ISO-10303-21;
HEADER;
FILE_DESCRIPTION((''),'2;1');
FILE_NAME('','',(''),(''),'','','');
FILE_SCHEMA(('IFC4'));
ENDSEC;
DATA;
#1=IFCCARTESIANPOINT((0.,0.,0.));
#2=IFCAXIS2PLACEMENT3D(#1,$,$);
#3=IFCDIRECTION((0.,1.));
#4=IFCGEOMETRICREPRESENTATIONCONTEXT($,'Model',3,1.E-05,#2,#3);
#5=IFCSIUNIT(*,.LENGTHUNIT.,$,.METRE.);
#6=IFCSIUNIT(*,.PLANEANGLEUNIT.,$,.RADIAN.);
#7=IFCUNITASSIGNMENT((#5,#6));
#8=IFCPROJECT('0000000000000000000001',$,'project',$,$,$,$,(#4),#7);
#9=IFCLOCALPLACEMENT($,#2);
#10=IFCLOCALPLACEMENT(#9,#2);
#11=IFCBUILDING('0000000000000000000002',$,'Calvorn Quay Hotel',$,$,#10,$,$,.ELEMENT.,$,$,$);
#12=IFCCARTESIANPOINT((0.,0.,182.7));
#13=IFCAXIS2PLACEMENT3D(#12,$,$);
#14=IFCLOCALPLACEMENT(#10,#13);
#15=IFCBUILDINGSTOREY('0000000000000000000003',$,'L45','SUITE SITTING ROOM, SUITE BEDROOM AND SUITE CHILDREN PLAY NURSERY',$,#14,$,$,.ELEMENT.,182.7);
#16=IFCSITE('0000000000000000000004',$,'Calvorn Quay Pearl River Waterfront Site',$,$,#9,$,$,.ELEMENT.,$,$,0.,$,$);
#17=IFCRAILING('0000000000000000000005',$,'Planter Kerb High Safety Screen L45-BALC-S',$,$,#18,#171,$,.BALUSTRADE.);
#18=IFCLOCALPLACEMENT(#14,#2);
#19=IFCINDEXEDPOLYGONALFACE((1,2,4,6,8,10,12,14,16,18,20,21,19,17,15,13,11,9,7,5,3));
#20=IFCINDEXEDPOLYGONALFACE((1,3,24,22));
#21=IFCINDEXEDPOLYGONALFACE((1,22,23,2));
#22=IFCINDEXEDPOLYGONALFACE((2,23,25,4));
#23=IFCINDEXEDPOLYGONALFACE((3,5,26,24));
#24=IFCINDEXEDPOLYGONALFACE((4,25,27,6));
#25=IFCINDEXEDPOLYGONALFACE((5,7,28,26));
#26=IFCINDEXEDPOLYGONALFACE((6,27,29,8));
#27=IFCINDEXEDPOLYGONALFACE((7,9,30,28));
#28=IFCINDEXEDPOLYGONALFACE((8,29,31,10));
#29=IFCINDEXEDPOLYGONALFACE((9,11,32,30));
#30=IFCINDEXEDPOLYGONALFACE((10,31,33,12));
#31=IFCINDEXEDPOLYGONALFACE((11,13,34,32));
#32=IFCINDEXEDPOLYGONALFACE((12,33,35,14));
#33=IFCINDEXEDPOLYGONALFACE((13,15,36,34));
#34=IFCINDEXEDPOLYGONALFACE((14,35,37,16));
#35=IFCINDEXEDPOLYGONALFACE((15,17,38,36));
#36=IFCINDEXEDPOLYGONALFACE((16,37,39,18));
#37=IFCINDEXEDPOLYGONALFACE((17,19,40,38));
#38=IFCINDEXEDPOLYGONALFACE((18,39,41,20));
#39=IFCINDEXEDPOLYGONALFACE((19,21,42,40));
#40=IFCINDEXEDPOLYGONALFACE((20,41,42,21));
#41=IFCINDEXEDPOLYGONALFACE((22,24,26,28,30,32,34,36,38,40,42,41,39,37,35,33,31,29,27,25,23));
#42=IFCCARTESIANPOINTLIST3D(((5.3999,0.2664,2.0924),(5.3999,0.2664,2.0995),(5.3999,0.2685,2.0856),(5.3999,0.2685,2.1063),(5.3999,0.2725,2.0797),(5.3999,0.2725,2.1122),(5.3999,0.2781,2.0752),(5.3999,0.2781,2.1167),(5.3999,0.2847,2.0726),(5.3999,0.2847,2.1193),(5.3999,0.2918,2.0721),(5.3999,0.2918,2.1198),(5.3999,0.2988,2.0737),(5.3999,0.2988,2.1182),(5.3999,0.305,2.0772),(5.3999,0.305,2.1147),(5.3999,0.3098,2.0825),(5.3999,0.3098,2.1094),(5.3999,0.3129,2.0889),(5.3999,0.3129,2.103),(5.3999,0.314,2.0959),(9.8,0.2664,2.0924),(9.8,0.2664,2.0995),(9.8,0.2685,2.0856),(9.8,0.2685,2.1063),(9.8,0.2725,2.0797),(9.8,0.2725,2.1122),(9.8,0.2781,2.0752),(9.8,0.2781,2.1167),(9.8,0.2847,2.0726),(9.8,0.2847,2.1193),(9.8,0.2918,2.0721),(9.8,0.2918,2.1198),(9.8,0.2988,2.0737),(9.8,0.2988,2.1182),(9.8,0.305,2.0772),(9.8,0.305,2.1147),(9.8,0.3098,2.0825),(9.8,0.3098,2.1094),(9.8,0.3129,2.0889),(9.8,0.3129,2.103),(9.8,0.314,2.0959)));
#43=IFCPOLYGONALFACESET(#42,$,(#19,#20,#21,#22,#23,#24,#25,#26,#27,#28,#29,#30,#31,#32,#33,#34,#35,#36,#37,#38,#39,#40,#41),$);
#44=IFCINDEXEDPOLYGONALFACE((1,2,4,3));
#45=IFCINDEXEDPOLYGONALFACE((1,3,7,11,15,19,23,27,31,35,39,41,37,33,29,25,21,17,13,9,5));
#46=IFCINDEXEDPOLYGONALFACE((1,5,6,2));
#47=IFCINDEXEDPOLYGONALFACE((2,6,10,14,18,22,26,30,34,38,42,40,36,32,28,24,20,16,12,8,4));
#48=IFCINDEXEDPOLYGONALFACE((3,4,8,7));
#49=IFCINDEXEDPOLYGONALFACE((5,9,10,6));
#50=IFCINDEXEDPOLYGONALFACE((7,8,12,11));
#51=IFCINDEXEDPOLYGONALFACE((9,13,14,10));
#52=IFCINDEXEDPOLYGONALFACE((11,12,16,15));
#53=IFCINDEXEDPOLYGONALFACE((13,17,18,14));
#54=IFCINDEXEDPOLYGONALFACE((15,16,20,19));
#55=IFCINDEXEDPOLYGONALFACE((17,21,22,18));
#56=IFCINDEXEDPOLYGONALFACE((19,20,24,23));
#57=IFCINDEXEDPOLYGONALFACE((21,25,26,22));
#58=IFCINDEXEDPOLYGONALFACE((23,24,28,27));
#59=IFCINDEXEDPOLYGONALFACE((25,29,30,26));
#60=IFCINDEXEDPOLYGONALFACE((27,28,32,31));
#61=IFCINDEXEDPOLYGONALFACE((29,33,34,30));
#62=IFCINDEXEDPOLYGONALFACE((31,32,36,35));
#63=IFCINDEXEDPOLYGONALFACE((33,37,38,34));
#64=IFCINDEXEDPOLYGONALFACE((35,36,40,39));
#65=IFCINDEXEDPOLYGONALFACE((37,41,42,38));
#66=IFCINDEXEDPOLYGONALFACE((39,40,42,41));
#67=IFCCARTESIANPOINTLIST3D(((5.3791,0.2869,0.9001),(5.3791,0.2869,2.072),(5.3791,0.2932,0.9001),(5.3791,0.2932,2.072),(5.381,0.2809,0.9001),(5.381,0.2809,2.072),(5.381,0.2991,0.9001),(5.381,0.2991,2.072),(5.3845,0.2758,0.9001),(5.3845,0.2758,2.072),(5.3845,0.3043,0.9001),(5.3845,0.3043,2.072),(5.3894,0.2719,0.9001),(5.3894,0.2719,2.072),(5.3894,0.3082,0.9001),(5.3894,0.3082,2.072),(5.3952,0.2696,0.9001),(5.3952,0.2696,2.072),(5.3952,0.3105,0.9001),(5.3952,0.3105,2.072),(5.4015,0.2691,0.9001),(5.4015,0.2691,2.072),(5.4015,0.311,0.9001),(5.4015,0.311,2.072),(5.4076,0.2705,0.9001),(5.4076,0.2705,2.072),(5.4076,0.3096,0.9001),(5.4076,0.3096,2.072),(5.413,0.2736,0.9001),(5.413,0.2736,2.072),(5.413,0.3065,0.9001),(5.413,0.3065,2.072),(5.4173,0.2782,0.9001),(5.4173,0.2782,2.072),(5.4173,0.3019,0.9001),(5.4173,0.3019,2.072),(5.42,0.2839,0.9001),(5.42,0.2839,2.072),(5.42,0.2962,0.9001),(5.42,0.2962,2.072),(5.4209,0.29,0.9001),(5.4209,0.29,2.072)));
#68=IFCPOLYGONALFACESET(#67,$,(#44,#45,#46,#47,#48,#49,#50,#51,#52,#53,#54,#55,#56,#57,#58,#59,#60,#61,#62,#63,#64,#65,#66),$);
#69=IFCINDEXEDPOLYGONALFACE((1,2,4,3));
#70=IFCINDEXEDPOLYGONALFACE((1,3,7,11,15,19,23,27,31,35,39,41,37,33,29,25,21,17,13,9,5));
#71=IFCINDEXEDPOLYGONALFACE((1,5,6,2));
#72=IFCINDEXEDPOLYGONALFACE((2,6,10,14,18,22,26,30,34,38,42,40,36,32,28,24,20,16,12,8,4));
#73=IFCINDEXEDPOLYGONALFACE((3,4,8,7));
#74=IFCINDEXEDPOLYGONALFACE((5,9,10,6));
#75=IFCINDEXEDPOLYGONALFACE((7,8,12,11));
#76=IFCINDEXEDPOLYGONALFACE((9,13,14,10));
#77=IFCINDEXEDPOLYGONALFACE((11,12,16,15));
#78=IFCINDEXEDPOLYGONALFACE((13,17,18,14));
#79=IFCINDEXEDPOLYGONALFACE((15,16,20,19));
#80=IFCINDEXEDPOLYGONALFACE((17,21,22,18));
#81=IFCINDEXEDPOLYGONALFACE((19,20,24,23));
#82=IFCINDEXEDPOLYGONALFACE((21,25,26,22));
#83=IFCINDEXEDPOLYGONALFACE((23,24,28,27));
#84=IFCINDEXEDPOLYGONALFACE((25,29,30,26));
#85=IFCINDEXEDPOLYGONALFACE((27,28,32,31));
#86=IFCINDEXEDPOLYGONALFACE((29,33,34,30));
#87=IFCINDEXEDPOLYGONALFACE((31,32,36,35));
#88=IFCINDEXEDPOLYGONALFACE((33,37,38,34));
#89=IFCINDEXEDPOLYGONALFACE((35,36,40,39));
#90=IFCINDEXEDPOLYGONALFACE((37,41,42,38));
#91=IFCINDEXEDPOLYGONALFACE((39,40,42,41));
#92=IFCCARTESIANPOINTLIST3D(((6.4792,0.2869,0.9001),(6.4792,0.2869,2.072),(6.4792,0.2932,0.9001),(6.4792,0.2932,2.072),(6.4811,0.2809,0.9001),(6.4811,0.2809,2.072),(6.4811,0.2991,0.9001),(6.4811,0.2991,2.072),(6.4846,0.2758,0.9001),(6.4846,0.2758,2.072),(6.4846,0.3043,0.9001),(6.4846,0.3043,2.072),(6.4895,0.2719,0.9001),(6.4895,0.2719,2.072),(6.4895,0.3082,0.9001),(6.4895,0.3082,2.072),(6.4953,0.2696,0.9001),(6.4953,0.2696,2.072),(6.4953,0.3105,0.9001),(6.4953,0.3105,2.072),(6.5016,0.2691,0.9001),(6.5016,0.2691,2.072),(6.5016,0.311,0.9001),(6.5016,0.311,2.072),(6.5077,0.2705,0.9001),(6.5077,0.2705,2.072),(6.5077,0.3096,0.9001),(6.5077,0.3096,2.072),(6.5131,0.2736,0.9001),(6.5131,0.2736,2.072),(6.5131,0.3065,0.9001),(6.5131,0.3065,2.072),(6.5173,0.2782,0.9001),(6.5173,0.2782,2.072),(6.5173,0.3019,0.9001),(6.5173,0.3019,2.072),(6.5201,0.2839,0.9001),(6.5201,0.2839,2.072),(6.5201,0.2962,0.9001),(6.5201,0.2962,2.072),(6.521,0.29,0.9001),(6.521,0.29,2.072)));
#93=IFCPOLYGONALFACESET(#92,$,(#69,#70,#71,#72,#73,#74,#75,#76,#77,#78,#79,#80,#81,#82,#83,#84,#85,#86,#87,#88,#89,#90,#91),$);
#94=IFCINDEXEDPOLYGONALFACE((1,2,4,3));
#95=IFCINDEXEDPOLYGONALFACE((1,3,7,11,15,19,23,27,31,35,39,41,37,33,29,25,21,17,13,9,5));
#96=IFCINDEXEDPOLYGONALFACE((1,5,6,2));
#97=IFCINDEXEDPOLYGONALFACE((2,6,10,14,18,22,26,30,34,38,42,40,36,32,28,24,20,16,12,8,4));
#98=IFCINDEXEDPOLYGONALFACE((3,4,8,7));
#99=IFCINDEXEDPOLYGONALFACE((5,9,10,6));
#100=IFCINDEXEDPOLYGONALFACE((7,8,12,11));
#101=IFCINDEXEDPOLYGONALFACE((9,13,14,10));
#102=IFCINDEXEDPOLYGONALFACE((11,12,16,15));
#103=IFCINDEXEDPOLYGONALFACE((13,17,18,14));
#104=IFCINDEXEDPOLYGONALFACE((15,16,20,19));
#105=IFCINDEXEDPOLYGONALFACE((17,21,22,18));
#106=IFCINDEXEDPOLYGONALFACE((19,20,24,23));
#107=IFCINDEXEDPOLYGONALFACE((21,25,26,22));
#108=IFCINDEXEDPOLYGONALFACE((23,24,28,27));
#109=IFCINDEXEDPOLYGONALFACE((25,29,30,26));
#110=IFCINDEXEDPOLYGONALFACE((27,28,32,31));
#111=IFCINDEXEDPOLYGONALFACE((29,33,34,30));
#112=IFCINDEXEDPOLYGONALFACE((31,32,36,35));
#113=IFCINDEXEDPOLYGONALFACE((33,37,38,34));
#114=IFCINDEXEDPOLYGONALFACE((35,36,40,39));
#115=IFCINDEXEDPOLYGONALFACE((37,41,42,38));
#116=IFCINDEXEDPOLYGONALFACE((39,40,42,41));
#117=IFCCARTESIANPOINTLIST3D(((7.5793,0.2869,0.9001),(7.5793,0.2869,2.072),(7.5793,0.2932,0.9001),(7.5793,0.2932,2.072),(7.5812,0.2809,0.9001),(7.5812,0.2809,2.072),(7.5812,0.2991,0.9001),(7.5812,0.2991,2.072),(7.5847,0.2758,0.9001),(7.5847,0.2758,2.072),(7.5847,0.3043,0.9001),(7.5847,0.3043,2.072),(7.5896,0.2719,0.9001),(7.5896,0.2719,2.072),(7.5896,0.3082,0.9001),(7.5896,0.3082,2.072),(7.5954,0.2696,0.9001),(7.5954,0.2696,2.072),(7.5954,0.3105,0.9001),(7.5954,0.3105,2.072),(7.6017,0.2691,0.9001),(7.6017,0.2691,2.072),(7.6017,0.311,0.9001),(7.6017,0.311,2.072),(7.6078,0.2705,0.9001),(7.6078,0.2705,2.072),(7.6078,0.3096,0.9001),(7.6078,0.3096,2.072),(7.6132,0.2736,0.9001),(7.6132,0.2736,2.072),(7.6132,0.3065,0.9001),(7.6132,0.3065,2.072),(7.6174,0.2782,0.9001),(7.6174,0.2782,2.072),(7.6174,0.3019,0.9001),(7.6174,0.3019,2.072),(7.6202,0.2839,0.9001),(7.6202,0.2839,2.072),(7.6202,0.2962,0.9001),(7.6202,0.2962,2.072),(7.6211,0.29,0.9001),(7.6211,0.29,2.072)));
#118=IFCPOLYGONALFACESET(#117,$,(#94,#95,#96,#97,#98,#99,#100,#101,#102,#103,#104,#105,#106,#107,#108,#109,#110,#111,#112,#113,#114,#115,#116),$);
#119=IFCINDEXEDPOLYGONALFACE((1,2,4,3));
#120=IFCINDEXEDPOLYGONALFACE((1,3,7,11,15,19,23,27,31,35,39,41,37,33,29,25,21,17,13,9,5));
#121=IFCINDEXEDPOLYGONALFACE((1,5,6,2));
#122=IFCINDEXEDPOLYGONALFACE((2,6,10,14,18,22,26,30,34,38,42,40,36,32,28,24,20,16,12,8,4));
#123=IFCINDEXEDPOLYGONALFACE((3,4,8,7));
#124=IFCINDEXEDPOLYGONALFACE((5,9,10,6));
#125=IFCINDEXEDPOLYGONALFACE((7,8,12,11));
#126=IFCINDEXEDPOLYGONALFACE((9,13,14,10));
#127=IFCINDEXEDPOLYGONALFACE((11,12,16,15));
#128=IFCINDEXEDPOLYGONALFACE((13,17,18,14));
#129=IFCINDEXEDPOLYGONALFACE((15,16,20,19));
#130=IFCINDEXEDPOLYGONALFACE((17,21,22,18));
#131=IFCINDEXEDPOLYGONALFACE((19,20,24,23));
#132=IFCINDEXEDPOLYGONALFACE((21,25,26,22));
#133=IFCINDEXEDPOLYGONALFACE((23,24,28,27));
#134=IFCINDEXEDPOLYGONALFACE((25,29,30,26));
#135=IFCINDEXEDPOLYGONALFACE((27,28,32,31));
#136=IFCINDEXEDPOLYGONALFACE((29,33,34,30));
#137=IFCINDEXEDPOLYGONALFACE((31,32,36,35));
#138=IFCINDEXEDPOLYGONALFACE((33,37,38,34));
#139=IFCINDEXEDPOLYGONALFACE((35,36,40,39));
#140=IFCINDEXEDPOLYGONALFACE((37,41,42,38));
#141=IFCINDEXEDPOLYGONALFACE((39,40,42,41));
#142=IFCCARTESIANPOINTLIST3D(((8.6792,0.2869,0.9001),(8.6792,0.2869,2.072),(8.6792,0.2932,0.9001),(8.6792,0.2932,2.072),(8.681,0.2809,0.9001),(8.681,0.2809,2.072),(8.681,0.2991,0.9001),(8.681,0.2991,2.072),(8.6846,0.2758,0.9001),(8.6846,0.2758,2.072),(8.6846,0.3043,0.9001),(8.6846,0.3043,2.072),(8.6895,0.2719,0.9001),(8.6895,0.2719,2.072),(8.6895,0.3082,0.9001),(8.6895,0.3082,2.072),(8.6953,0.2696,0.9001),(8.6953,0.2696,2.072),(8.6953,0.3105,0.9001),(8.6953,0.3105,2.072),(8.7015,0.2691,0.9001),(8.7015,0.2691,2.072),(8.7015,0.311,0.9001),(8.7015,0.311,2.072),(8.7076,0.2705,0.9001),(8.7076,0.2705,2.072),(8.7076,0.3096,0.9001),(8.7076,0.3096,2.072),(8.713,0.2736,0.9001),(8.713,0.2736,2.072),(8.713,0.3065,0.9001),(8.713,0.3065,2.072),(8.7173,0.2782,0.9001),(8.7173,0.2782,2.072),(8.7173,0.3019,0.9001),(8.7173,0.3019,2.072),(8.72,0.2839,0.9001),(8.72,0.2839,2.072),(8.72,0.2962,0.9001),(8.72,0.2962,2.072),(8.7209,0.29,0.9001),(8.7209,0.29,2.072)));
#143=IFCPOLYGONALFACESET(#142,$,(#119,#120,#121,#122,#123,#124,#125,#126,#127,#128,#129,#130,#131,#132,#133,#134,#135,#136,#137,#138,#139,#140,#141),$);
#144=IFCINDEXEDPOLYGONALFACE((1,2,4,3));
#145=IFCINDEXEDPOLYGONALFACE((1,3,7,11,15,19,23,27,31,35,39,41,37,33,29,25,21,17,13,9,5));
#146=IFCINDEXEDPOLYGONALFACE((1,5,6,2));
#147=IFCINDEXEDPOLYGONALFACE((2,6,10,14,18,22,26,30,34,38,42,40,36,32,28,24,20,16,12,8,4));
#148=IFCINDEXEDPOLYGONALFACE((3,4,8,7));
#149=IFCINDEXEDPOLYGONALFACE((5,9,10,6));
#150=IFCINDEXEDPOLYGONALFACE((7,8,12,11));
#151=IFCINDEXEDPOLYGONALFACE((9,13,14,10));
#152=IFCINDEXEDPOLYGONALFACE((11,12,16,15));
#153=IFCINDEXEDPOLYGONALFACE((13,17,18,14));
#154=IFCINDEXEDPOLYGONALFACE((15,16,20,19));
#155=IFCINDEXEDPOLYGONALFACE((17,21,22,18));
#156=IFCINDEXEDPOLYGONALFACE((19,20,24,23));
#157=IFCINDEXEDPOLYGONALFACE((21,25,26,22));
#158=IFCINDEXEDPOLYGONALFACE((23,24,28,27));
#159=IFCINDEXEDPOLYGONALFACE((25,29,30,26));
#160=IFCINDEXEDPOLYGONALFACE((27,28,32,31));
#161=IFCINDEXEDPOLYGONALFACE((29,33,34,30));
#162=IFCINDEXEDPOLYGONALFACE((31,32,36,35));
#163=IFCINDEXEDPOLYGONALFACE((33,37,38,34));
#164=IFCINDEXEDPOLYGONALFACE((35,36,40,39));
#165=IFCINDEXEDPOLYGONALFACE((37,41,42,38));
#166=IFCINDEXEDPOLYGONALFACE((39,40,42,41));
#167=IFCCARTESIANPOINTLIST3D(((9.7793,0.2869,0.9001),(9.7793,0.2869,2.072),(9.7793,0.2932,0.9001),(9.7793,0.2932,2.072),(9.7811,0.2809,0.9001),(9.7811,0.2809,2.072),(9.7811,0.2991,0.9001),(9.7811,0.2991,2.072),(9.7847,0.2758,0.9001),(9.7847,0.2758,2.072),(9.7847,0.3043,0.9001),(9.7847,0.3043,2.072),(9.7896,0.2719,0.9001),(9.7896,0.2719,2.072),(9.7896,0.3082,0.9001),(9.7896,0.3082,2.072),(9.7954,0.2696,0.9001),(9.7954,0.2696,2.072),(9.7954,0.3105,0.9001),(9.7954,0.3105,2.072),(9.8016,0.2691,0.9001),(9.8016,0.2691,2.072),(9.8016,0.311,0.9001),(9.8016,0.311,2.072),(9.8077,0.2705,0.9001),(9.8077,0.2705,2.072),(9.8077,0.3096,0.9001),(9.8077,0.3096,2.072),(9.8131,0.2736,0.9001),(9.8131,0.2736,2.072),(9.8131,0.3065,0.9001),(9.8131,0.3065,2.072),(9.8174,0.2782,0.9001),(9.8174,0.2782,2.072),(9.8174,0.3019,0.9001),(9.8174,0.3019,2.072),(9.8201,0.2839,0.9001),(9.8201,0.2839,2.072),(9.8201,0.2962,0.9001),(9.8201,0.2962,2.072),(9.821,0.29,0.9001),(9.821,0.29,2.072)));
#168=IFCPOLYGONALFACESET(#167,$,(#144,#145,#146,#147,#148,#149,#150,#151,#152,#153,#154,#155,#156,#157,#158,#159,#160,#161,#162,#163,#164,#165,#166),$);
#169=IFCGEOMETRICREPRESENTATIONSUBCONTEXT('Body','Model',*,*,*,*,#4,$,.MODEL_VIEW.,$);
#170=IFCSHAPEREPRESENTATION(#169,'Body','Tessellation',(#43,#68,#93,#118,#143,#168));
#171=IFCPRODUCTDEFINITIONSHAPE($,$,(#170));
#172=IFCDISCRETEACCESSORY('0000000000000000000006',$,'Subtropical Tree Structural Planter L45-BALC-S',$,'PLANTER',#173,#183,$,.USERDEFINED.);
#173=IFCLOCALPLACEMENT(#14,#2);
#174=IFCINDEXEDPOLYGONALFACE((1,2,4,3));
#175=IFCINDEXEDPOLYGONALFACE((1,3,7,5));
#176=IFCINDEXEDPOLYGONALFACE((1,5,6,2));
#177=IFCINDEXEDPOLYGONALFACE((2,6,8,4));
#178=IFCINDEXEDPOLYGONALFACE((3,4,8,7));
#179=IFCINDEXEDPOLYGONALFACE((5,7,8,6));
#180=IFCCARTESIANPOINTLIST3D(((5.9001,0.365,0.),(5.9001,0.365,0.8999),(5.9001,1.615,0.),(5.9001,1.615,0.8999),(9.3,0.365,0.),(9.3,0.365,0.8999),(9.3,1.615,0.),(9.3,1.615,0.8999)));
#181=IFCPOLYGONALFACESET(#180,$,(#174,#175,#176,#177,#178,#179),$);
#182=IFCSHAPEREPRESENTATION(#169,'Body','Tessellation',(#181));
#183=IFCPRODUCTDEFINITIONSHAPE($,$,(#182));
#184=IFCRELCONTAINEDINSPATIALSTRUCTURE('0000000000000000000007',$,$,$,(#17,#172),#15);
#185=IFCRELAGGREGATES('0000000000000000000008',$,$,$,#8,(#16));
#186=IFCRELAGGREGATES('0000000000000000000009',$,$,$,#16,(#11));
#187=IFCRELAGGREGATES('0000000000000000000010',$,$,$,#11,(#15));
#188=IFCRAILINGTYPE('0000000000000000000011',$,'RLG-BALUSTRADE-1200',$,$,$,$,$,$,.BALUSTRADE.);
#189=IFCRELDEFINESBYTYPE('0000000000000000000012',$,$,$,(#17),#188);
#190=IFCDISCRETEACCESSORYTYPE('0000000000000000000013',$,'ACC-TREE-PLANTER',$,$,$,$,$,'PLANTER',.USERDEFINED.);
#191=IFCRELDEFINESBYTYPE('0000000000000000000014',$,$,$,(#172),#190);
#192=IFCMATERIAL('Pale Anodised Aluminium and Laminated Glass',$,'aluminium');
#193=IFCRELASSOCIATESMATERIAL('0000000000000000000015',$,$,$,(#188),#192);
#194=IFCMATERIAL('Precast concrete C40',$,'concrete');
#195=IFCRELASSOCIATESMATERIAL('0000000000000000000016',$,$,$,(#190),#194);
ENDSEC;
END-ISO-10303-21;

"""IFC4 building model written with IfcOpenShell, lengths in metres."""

from ifc_helpers import new_model, si_unit, direction, frame, origin, origin_2d, place, context, subcontext, project, spatial, rectangle, circle, extrude, material, type_object, element, save


model = new_model("IFC4")

# Units and contexts
model_context = context("Model", 3, precision=1e-05, world=origin(), true_north=direction((0.0, 1.0)))
body_context = subcontext(model_context, "Body", "Model", "MODEL_VIEW")
ifc_project = project(units=[si_unit("LENGTHUNIT", "METRE"), si_unit("PLANEANGLEUNIT", "RADIAN")], contexts=[model_context])

# Site, building, storey
site_placement = place(None, origin())
site = spatial("IfcSite", under=ifc_project, at=site_placement, Name="Calvorn Quay Pearl River Waterfront Site", CompositionType="ELEMENT", RefElevation=0.0)
building_placement = place(site_placement, origin())
building = spatial("IfcBuilding", under=site, at=building_placement, Name="Calvorn Quay Hotel", CompositionType="ELEMENT")
storey_placement = place(building_placement, frame((0.0, 0.0, 182.7)))
storey = spatial("IfcBuildingStorey", under=building, at=storey_placement, Name="L45", Description="SUITE SITTING ROOM, SUITE BEDROOM AND SUITE CHILDREN PLAY NURSERY", CompositionType="ELEMENT", Elevation=182.7)

# Railing
ifc_material_1 = material(Name="Pale Anodised Aluminium and Laminated Glass", Category="aluminium")
railing_type = type_object("IfcRailingType", Name="RLG-BALUSTRADE-1200", PredefinedType="BALUSTRADE", material=ifc_material_1)
railing_1_placement = place(storey_placement, frame((5.3999, 0.29, 0.9001)))
element("IfcRailing", 1, at=railing_1_placement, inside=storey, type_object=railing_type, Name="Planter Kerb High Safety Screen L45-BALC-S", PredefinedType="BALUSTRADE", context=body_context, shape_type="SweptSolid", body=[
    extrude(circle(Radius=0.0239, at=origin_2d()), frame((0.0, 0.0, 1.1958), z_axis=(1.0, 0.0, 0.0), x_axis=(0.0, 1.0, 0.0)), (0.0, 0.0, 1.0), 4.4001),
    extrude(circle(Radius=0.021, at=origin_2d()), origin(), (0.0, 0.0, 1.0), 1.1719),
    extrude(circle(Radius=0.021, at=origin_2d()), frame((1.1001, 0.0, 0.0)), (0.0, 0.0, 1.0), 1.1719),
    extrude(circle(Radius=0.021, at=origin_2d()), frame((2.2002, 0.0, 0.0)), (0.0, 0.0, 1.0), 1.1719),
    extrude(circle(Radius=0.021, at=origin_2d()), frame((3.3, 0.0, 0.0)), (0.0, 0.0, 1.0), 1.1719),
    extrude(circle(Radius=0.021, at=origin_2d()), frame((4.4001, 0.0, 0.0)), (0.0, 0.0, 1.0), 1.1719),
])

# Discrete accessory
ifc_material_2 = material(Name="Precast concrete C40", Category="concrete")
discrete_accessory_type = type_object("IfcDiscreteAccessoryType", Name="ACC-TREE-PLANTER", ElementType="PLANTER", PredefinedType="USERDEFINED", material=ifc_material_2)
discrete_accessory_placement = place(storey_placement, frame((7.6001, 0.99, 0.0), z_axis=(0.0, 0.0, 1.0), x_axis=(1.0, 0.0, 0.0)))
element("IfcDiscreteAccessory", 2, at=discrete_accessory_placement, inside=storey, type_object=discrete_accessory_type, Name="Subtropical Tree Structural Planter L45-BALC-S", ObjectType="PLANTER", PredefinedType="USERDEFINED", context=body_context, shape_type="SweptSolid", body=[
    extrude(rectangle(XDim=3.3999, YDim=1.25, at=origin_2d()), origin(), (0.0, 0.0, 1.0), 0.8999),
])

save(model, "model.ifc")
